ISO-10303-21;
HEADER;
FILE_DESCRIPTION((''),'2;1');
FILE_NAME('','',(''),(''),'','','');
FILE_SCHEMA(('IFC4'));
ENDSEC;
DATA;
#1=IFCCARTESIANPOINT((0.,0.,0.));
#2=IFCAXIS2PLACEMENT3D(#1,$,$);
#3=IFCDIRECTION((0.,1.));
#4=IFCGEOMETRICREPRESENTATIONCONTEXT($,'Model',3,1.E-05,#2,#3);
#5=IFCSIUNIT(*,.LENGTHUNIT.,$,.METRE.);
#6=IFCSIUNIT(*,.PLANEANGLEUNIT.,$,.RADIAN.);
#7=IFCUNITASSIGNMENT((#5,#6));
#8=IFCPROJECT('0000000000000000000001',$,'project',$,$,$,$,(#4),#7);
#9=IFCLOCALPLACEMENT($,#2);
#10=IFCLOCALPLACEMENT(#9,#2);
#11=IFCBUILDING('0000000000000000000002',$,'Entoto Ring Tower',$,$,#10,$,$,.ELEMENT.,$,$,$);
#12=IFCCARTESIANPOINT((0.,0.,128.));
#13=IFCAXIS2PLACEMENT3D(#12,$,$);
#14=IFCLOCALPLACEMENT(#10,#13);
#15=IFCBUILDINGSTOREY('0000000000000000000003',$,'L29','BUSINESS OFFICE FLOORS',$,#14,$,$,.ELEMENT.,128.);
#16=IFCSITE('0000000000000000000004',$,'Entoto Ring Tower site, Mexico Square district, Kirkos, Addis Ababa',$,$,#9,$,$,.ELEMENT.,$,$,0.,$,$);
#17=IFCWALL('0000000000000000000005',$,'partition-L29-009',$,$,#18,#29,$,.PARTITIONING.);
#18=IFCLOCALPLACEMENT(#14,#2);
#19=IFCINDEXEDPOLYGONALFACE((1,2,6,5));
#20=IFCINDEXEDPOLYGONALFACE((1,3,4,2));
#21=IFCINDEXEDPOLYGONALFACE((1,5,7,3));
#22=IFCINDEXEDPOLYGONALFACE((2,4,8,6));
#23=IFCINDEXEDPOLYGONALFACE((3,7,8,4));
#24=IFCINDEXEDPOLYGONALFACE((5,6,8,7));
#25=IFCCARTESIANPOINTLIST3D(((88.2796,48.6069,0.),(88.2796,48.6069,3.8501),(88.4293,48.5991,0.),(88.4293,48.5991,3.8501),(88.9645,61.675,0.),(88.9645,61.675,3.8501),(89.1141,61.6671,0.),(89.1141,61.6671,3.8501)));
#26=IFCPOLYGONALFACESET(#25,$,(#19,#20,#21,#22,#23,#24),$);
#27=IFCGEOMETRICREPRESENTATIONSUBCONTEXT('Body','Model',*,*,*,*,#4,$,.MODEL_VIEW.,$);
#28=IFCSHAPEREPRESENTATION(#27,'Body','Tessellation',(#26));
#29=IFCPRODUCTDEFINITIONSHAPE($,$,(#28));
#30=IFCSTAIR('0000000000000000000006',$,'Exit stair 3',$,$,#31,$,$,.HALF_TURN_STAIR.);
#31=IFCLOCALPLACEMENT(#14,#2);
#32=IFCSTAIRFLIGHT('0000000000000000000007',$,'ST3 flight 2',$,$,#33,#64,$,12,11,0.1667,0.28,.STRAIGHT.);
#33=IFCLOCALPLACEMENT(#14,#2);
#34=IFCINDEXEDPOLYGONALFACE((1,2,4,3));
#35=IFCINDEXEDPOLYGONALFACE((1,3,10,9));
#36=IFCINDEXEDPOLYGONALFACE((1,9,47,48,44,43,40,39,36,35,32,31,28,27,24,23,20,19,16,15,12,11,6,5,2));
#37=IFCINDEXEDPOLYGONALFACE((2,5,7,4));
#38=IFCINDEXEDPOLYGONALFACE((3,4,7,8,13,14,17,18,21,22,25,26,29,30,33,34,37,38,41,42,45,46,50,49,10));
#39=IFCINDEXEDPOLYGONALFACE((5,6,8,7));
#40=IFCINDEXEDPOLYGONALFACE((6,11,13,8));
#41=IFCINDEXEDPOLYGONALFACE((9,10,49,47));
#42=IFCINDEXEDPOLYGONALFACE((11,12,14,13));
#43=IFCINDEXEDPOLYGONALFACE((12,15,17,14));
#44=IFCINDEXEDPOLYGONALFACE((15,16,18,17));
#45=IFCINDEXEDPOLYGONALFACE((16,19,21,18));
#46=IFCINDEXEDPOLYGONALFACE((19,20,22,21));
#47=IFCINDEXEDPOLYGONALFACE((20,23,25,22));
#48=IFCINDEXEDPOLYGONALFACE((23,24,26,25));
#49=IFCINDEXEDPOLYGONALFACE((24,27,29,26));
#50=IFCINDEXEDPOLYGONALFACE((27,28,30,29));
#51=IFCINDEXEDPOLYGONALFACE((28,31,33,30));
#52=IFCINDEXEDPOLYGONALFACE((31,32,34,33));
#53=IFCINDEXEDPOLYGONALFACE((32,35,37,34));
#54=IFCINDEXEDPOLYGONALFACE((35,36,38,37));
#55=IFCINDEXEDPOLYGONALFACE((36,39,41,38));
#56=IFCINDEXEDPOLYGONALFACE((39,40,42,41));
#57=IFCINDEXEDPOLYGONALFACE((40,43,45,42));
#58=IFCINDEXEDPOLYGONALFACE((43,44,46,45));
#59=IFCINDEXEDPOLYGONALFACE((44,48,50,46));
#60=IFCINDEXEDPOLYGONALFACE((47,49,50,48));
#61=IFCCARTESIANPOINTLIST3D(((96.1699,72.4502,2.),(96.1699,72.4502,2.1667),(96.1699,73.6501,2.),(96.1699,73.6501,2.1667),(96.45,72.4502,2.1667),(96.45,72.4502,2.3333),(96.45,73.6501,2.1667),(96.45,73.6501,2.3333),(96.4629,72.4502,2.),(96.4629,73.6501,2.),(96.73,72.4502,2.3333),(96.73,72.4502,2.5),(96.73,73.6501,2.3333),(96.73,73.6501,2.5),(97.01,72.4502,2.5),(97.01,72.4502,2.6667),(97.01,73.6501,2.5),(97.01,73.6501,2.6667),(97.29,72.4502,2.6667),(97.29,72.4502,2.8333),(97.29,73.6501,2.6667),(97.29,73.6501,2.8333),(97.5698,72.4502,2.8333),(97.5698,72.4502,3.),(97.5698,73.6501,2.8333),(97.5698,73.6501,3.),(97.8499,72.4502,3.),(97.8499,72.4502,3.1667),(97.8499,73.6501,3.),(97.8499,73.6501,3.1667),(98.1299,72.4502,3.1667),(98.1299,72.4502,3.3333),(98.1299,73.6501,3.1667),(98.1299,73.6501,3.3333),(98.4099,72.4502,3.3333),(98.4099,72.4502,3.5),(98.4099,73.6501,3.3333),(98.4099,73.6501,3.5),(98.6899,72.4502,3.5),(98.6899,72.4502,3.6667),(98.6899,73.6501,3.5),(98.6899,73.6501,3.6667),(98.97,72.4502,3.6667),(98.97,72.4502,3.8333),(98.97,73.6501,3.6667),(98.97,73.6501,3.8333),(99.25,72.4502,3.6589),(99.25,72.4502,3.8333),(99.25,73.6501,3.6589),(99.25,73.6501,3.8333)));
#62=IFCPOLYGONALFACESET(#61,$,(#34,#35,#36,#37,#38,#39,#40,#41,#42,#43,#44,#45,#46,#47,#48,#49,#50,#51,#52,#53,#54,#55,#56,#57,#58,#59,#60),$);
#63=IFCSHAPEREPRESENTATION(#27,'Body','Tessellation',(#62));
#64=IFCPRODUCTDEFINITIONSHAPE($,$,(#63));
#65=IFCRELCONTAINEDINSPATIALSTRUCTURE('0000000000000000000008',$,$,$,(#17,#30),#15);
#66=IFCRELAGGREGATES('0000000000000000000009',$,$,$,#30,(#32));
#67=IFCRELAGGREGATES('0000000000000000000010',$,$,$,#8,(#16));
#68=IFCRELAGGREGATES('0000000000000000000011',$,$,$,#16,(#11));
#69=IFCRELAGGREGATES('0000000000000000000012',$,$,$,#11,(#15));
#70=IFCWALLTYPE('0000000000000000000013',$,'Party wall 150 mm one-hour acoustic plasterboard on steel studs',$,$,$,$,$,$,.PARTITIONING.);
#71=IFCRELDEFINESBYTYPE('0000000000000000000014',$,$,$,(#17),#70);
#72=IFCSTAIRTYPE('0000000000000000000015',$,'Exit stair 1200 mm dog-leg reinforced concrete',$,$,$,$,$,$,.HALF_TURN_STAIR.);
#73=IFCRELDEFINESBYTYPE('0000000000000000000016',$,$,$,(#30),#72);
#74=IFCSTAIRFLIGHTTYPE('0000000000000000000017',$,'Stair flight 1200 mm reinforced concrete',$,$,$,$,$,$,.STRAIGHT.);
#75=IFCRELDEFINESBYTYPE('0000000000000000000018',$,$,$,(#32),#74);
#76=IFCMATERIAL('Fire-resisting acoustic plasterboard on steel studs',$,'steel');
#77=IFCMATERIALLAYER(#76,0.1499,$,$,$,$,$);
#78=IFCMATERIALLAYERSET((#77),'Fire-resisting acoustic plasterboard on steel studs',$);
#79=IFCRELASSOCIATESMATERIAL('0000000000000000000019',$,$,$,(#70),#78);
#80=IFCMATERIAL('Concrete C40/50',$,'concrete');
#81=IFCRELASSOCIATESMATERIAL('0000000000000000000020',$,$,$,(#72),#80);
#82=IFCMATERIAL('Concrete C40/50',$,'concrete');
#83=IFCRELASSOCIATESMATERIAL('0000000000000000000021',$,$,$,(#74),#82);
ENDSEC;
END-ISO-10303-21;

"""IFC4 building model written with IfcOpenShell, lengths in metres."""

from ifc_helpers import new_model, si_unit, direction, frame, frame_2d, origin, place, context, subcontext, project, spatial, polyline, rectangle, outline, extrude, material, layer, layer_set, type_object, element, aggregate, save


model = new_model("IFC4")

# Units and contexts
model_context = context("Model", 3, precision=1e-05, world=origin(), true_north=direction((0.0, 1.0)))
body_context = subcontext(model_context, "Body", "Model", "MODEL_VIEW")
ifc_project = project(units=[si_unit("LENGTHUNIT", "METRE"), si_unit("PLANEANGLEUNIT", "RADIAN")], contexts=[model_context])

# Site, building, storey
site_placement = place(None, origin())
site = spatial("IfcSite", under=ifc_project, at=site_placement, Name="Entoto Ring Tower site, Mexico Square district, Kirkos, Addis Ababa", CompositionType="ELEMENT", RefElevation=0.0)
building_placement = place(site_placement, origin())
building = spatial("IfcBuilding", under=site, at=building_placement, Name="Entoto Ring Tower", CompositionType="ELEMENT")
storey_placement = place(building_placement, frame((0.0, 0.0, 128.0)))
storey = spatial("IfcBuildingStorey", under=building, at=storey_placement, Name="L29", Description="BUSINESS OFFICE FLOORS", CompositionType="ELEMENT", Elevation=128.0)

# Wall
ifc_material_1 = material(Name="Fire-resisting acoustic plasterboard on steel studs", Category="steel")
ifc_layer_1 = layer(ifc_material_1, 0.1499)
ifc_layer_set_1 = layer_set([ifc_layer_1], Name="Fire-resisting acoustic plasterboard on steel studs")
wall_type_1 = type_object("IfcWallType", Name="Party wall 150 mm one-hour acoustic plasterboard on steel studs", PredefinedType="PARTITIONING", material=ifc_layer_set_1)
wall_1_placement = place(storey_placement, frame((88.3545, 48.603, 0.0), z_axis=(0.0, 0.0, 1.0), x_axis=(0.052332, 0.99863, 0.0)))
element("IfcWall", 1, at=wall_1_placement, inside=storey, type_object=wall_type_1, Name="partition-L29-009", PredefinedType="PARTITIONING", context=body_context, shape_type="SweptSolid", body=[
    extrude(rectangle(XDim=13.0859, YDim=0.1499, at=frame_2d((6.543, 0.0))), origin(), (0.0, 0.0, 1.0), 3.8501),
])

# Stair, stair flight
ifc_material_2 = material(Name="Concrete C40/50", Category="concrete")
stair_type = type_object("IfcStairType", Name="Exit stair 1200 mm dog-leg reinforced concrete", PredefinedType="HALF_TURN_STAIR", material=ifc_material_2)
stair_placement = place(storey_placement, origin())
stair = element("IfcStair", 2, at=stair_placement, inside=storey, type_object=stair_type, Name="Exit stair 3", PredefinedType="HALF_TURN_STAIR")
ifc_material_3 = material(Name="Concrete C40/50", Category="concrete")
stair_flight_type = type_object("IfcStairFlightType", Name="Stair flight 1200 mm reinforced concrete", PredefinedType="STRAIGHT", material=ifc_material_3)
stair_flight_placement = place(storey_placement, frame((96.1699, 73.05, 2.0), z_axis=(0.0, 0.0, 1.0), x_axis=(1.0, 0.0, 0.0)))
stair_flight = element("IfcStairFlight", 3, at=stair_flight_placement, type_object=stair_flight_type, Name="ST3 flight 2", NumberOfRisers=12, NumberOfTreads=11, PredefinedType="STRAIGHT", RiserHeight=0.1667, TreadLength=0.28, context=body_context, shape_type="SweptSolid", body=[
    extrude(outline(polyline([(0.0, 0.0), (0.0, 0.1667), (0.28, 0.1667), (0.28, 0.3333), (0.5601, 0.3333), (0.5601, 0.5), (0.8401, 0.5), (0.8401, 0.6667), (1.1201, 0.6667), (1.1201, 0.8333), (1.3999, 0.8333), (1.3999, 1.0), (1.6799, 1.0), (1.6799, 1.1667), (1.96, 1.1667), (1.96, 1.3333), (2.24, 1.3333), (2.24, 1.5), (2.52, 1.5), (2.52, 1.6667), (2.8, 1.6667), (2.8, 1.8333), (3.0801, 1.8333), (3.0801, 2.0), (3.0801, 1.6589), (0.293, 0.0), (0.0, 0.0)])), frame((0.0, 0.6001, 0.0), z_axis=(0.0, -1.0, 0.0), x_axis=(1.0, 0.0, 0.0)), (0.0, 0.0, 1.0), 1.2),
])
aggregate(stair, [stair_flight])

save(model, "model.ifc")
